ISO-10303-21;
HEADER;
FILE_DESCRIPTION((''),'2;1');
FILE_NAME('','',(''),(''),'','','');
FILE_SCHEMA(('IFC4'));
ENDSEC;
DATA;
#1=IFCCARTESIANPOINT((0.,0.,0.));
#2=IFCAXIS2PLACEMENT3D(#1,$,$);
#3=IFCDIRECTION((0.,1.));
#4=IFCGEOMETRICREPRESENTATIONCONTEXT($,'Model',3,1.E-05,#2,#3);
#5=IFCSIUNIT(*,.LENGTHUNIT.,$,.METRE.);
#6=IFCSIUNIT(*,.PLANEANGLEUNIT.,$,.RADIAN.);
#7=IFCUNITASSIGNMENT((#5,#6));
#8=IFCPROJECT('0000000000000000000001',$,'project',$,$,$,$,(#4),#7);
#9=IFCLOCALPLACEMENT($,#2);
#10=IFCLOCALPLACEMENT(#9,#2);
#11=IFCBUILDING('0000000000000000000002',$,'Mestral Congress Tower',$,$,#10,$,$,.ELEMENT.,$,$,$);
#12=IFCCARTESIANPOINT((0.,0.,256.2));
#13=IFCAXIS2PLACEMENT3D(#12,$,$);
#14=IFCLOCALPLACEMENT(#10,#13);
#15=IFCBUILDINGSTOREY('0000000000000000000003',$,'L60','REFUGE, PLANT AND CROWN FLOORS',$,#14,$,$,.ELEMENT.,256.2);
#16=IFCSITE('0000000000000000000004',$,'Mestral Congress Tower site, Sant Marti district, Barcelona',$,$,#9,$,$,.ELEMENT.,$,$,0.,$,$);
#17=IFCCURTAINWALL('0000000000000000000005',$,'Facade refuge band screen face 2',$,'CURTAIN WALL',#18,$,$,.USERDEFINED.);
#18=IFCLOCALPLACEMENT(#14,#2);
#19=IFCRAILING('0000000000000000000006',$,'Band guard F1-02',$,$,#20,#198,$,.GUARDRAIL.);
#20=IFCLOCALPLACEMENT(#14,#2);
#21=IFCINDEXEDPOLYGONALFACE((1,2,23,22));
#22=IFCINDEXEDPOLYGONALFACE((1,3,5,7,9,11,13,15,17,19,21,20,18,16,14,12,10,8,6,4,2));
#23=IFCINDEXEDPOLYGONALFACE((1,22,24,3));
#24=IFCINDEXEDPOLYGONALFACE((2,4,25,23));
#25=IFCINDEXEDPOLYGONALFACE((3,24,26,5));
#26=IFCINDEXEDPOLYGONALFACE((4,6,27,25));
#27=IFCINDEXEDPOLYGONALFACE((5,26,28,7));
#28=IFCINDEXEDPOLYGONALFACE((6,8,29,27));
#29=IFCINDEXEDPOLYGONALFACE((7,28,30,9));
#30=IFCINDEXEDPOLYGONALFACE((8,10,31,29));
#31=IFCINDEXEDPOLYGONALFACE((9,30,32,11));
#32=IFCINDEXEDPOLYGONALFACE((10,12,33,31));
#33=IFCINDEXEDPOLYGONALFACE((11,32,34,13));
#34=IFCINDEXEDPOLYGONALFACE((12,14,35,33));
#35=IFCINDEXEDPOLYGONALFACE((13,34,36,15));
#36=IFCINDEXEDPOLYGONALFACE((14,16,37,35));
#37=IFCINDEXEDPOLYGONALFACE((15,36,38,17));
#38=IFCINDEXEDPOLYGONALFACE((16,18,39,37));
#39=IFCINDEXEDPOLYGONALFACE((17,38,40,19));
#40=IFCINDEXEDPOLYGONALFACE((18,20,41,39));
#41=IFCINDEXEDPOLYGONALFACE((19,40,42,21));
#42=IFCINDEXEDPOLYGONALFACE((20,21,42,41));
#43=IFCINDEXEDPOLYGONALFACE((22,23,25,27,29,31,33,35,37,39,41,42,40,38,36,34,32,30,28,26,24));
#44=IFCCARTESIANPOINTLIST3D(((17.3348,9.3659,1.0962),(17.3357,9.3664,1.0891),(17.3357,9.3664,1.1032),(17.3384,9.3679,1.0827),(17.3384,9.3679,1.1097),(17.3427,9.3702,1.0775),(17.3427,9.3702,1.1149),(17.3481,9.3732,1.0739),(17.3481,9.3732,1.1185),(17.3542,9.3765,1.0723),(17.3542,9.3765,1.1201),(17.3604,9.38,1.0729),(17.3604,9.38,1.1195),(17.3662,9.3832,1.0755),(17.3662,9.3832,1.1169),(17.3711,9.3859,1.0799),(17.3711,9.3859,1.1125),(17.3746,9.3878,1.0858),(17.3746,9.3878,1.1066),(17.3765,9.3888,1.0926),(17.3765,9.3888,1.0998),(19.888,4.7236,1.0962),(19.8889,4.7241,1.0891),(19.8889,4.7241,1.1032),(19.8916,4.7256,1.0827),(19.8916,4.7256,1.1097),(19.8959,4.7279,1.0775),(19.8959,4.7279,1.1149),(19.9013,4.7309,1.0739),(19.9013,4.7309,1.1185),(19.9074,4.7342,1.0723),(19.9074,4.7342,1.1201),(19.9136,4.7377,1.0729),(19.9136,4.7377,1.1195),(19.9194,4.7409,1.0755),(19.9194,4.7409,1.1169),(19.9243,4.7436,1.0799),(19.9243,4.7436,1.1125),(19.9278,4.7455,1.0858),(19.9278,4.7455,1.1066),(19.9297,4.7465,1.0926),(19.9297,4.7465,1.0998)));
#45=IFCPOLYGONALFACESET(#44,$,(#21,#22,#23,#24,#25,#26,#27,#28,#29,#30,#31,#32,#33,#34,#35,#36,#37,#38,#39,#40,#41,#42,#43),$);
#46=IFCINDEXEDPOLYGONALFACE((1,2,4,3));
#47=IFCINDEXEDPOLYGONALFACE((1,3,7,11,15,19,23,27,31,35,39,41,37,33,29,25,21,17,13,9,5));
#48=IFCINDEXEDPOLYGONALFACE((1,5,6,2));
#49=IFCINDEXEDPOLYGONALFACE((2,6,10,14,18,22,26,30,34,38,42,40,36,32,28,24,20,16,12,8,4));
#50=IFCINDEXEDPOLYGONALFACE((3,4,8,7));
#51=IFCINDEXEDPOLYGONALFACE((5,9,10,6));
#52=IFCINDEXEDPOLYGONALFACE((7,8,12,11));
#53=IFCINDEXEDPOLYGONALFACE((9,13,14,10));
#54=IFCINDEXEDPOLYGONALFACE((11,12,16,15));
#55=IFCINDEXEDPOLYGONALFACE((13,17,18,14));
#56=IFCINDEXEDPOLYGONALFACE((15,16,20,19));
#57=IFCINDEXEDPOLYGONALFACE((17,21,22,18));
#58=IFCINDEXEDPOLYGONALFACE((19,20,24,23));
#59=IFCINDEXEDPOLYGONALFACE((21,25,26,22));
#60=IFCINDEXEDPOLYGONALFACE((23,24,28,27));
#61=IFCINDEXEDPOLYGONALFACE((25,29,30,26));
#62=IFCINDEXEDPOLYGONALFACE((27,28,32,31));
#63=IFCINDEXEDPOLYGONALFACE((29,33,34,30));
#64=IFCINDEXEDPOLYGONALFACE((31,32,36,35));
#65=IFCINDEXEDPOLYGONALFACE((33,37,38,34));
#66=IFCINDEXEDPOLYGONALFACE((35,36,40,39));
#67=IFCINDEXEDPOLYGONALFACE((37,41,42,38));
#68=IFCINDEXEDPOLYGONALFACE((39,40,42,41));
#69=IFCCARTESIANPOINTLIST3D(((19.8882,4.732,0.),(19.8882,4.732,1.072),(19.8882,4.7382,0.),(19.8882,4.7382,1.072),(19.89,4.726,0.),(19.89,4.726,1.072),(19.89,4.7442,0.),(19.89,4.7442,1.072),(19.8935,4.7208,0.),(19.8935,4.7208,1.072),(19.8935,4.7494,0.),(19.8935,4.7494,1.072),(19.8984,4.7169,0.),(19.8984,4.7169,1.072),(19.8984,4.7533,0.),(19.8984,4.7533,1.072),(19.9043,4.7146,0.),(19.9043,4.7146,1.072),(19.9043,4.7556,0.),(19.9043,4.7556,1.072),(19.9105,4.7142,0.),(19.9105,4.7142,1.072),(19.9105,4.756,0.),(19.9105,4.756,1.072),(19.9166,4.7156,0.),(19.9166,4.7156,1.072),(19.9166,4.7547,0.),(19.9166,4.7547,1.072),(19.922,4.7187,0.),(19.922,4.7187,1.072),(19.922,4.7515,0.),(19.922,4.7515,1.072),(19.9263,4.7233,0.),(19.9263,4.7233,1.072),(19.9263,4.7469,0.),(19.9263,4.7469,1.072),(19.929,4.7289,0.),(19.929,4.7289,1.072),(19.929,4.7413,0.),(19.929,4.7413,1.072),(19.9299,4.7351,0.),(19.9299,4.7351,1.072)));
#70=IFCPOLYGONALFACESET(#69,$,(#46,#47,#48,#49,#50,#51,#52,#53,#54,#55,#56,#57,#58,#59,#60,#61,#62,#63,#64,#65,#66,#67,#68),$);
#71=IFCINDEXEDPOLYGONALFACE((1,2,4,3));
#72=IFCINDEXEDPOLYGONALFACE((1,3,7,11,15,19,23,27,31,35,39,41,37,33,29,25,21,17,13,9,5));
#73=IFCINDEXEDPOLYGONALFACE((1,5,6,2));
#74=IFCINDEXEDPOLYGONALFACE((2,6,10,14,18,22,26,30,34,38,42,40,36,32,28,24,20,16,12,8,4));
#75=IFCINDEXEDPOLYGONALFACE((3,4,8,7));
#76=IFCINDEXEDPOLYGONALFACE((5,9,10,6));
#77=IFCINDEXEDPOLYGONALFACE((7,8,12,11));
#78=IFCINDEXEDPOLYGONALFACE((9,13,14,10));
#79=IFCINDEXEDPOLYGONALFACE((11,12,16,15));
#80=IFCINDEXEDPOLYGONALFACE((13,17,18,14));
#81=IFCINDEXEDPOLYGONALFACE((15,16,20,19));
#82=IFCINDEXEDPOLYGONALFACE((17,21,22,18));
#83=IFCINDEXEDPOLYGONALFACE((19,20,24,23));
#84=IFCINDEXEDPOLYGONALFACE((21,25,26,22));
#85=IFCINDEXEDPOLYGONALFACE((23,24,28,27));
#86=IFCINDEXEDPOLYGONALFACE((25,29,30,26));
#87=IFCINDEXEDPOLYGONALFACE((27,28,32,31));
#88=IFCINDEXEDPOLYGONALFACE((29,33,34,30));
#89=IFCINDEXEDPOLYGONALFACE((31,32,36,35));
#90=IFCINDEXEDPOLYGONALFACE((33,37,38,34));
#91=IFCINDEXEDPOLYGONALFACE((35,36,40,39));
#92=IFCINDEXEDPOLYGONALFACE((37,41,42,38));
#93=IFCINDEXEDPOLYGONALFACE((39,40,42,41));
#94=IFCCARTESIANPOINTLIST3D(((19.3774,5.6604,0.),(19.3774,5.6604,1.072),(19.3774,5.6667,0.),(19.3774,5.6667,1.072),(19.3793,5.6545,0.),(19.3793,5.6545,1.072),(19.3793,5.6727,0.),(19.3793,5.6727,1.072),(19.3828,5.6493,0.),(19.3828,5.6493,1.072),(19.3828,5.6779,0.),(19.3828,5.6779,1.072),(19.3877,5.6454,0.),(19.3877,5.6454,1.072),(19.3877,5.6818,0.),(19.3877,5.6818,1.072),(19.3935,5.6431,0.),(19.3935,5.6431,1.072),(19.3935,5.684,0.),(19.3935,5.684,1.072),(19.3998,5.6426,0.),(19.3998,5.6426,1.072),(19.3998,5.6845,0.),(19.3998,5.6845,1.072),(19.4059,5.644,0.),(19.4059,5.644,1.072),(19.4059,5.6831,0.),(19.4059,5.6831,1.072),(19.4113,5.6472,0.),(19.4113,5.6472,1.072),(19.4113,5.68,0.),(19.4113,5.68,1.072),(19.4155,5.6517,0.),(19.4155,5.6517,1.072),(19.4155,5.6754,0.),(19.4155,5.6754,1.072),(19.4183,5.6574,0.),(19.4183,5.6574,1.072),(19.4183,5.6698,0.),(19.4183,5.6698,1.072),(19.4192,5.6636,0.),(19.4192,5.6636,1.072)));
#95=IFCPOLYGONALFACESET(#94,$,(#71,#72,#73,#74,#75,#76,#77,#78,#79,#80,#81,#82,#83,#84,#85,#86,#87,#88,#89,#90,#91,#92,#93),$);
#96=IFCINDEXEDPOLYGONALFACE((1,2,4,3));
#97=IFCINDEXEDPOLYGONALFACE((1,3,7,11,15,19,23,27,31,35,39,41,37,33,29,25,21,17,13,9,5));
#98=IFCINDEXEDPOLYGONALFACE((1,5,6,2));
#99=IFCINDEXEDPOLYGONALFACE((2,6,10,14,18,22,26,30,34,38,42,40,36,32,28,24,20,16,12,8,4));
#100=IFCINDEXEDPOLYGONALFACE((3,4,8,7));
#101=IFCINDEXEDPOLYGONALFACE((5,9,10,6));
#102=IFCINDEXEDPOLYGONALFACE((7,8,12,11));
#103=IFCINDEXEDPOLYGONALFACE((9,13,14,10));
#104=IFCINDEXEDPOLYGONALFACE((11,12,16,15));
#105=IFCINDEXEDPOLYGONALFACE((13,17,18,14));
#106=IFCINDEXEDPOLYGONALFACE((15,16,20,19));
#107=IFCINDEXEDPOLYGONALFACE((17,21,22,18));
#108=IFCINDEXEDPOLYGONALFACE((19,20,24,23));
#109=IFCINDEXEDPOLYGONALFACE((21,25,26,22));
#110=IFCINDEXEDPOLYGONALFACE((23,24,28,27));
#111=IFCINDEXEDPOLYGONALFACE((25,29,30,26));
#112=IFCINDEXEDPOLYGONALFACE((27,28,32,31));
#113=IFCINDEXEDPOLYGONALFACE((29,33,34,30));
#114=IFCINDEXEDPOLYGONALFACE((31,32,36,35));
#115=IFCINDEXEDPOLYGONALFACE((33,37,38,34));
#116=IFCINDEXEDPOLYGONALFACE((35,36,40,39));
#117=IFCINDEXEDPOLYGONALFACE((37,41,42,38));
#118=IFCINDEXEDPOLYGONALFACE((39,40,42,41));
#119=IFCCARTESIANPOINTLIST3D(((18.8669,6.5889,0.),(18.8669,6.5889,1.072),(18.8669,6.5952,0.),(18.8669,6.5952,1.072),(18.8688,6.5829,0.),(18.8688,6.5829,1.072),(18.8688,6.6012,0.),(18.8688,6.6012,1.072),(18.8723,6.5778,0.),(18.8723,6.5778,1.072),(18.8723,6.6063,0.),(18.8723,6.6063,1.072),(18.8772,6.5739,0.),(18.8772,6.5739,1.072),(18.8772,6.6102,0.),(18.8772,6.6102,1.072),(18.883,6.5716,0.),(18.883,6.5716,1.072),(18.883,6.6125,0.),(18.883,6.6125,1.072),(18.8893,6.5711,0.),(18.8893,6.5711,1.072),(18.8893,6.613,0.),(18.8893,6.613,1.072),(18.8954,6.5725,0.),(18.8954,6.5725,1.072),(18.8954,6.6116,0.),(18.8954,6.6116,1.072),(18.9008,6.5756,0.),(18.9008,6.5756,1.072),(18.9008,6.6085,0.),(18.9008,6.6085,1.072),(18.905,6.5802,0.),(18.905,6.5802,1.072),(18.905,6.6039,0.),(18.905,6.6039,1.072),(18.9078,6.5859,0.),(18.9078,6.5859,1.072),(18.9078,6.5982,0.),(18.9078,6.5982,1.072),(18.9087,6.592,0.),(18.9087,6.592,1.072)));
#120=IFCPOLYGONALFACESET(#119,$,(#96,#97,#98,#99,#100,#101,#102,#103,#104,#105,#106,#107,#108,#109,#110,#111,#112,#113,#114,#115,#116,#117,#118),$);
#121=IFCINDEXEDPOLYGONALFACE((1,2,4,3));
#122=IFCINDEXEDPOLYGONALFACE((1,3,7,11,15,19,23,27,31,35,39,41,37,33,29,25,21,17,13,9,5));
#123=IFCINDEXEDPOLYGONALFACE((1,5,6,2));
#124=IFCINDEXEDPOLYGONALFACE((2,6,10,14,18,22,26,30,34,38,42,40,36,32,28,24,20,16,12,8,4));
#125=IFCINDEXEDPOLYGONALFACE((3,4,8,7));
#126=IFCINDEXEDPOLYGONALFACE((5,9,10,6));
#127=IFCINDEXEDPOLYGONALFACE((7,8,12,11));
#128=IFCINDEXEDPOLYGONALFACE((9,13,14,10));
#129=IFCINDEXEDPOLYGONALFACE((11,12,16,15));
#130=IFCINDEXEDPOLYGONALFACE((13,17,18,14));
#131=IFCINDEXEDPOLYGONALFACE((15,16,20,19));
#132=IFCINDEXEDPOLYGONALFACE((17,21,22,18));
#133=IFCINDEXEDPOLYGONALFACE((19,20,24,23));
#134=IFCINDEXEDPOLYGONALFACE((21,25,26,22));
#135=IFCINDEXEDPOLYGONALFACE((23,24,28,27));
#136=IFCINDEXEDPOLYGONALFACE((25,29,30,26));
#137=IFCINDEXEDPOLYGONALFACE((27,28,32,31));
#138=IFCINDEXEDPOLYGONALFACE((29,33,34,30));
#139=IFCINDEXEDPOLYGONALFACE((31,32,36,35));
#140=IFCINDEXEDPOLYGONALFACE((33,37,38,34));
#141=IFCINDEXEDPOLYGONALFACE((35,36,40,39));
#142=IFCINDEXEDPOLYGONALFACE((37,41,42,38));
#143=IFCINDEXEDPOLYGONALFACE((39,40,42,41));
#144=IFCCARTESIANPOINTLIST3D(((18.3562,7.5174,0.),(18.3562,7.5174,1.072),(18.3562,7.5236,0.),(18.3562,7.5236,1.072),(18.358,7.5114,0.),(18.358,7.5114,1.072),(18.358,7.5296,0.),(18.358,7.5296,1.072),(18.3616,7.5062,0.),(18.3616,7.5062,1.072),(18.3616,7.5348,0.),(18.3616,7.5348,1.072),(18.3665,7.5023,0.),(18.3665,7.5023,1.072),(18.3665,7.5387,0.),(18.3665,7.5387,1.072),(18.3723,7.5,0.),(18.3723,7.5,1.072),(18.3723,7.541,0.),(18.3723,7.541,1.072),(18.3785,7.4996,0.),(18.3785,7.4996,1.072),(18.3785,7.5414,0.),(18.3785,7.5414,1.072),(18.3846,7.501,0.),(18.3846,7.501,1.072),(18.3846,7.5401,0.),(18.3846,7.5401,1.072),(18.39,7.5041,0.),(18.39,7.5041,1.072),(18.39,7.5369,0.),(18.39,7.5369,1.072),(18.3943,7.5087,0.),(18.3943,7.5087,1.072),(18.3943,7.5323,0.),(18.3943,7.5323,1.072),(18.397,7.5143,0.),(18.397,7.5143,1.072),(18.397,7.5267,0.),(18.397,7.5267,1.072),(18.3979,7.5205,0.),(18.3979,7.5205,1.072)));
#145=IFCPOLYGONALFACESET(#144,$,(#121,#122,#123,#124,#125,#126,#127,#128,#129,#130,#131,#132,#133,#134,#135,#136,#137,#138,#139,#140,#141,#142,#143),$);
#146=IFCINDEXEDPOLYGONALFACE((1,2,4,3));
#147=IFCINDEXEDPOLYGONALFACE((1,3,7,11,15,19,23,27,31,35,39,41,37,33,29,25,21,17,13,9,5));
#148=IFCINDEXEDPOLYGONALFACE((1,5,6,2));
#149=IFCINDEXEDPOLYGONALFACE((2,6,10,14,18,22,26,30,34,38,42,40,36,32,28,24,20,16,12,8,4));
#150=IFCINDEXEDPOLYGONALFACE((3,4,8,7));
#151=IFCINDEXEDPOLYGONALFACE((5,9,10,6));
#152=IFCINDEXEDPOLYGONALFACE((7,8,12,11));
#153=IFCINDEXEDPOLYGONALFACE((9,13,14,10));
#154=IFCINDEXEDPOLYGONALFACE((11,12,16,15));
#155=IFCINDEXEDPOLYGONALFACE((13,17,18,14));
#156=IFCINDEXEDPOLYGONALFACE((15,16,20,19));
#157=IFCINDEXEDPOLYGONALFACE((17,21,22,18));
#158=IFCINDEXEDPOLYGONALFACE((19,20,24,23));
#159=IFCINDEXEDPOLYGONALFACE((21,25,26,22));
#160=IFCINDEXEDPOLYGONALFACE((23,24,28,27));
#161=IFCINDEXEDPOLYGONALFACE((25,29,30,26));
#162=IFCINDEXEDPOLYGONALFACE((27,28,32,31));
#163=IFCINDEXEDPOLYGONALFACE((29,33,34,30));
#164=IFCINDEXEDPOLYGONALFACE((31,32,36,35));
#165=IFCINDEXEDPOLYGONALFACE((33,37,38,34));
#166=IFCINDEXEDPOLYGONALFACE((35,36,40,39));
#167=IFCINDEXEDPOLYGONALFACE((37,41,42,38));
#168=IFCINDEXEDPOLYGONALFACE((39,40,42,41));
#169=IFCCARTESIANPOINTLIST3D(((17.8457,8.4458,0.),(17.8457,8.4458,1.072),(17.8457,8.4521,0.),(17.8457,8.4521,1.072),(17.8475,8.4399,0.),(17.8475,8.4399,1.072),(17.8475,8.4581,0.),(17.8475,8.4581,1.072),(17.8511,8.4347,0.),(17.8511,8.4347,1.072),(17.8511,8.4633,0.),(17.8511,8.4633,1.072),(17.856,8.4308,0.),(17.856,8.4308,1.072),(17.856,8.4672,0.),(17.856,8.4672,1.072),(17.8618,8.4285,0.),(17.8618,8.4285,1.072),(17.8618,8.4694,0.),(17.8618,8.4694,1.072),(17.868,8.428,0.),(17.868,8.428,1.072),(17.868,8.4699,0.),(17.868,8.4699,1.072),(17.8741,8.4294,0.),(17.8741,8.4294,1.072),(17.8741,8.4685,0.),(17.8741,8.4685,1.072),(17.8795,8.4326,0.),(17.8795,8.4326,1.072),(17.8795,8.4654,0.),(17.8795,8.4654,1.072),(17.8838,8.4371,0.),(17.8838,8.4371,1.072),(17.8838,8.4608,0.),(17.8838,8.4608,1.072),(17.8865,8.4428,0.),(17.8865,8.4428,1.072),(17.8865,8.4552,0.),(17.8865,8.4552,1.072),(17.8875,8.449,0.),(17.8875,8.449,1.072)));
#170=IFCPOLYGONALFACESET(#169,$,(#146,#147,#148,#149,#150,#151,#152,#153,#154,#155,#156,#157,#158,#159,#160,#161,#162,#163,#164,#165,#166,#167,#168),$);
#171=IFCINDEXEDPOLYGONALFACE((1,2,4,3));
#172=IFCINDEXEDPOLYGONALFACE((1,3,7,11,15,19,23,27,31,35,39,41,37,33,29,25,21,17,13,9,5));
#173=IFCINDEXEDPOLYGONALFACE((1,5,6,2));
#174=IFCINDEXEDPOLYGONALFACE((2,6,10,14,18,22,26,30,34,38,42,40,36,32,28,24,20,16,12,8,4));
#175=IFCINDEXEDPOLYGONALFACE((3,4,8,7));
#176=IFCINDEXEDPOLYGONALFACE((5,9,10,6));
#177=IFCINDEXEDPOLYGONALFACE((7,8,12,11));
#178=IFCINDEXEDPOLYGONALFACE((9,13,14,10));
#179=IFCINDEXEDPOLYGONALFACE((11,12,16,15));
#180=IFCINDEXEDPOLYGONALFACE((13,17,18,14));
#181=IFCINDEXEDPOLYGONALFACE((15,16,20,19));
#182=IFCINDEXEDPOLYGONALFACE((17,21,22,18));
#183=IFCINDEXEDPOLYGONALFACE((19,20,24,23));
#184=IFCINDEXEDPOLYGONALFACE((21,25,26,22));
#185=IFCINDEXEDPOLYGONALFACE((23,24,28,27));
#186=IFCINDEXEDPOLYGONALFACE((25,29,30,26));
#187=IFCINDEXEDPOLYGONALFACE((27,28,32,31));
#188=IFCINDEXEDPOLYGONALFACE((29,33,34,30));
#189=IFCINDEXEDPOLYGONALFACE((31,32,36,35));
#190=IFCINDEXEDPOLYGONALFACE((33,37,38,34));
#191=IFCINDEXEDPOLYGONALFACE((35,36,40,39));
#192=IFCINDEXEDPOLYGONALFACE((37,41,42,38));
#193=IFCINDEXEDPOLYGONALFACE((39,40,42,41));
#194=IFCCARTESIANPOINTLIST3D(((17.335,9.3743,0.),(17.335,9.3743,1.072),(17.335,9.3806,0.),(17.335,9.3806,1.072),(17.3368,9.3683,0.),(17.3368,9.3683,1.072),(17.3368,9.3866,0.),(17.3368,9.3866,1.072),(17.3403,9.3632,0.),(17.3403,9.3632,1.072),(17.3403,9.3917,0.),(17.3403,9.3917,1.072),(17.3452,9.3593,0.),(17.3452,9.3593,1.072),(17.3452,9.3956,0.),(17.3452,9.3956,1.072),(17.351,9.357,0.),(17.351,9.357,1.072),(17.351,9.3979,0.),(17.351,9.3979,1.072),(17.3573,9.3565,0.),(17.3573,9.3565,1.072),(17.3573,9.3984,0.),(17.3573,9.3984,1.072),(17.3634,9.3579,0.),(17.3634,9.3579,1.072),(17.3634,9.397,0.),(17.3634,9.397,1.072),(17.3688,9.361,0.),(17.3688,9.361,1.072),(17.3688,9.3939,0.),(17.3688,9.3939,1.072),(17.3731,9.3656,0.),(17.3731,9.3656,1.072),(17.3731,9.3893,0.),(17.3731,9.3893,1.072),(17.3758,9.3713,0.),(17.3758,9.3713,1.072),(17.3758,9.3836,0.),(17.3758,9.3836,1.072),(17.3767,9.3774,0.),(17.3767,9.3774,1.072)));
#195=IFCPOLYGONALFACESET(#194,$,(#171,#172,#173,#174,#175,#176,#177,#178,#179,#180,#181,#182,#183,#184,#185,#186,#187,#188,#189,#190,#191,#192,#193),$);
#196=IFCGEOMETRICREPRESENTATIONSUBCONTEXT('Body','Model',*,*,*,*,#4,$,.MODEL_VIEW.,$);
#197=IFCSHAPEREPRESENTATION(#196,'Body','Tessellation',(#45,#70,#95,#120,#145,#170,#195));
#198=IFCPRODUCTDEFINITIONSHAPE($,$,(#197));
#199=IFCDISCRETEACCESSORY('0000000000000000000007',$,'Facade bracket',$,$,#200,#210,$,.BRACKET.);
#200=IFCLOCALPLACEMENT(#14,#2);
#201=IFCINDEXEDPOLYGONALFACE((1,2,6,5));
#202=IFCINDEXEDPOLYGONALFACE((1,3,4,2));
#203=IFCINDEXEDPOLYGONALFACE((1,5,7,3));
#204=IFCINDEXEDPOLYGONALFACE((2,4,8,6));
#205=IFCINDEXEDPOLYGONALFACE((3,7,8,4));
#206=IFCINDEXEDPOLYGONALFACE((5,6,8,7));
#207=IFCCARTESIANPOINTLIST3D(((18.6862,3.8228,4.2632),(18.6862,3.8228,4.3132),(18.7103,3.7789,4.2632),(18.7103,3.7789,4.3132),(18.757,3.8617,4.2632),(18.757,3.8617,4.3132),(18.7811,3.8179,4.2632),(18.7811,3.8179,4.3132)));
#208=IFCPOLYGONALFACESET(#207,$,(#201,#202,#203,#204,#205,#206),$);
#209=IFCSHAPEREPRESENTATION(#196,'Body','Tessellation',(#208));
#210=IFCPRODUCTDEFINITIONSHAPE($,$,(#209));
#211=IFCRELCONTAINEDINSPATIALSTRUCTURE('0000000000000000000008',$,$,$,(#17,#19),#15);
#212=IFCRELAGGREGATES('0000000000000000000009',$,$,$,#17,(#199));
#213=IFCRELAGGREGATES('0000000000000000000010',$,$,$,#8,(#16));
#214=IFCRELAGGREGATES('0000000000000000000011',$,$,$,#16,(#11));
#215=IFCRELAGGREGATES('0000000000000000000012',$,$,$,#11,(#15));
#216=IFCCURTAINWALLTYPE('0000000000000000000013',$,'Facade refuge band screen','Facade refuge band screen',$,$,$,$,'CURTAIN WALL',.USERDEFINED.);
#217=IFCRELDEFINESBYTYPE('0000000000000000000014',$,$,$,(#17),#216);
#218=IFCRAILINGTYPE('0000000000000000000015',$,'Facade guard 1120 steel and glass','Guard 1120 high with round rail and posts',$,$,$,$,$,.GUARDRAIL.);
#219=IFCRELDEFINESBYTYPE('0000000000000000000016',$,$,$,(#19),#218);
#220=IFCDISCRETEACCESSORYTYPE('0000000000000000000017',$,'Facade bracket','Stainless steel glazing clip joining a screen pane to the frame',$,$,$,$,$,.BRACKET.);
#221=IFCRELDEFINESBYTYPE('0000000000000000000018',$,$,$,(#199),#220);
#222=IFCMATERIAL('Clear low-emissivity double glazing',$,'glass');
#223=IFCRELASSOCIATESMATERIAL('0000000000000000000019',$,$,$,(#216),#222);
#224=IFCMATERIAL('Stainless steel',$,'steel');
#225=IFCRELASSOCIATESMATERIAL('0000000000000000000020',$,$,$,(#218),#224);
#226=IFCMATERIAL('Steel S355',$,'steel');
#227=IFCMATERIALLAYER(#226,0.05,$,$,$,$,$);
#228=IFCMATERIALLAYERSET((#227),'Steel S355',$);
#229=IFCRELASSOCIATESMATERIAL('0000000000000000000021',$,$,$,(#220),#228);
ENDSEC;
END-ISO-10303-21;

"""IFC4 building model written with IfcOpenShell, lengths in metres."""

from ifc_helpers import new_model, si_unit, direction, frame, origin, origin_2d, place, context, subcontext, project, spatial, rectangle, circle, extrude, material, layer, layer_set, type_object, element, aggregate, save


model = new_model("IFC4")

# Units and contexts
model_context = context("Model", 3, precision=1e-05, world=origin(), true_north=direction((0.0, 1.0)))
body_context = subcontext(model_context, "Body", "Model", "MODEL_VIEW")
ifc_project = project(units=[si_unit("LENGTHUNIT", "METRE"), si_unit("PLANEANGLEUNIT", "RADIAN")], contexts=[model_context])

# Site, building, storey
site_placement = place(None, origin())
site = spatial("IfcSite", under=ifc_project, at=site_placement, Name="Mestral Congress Tower site, Sant Marti district, Barcelona", CompositionType="ELEMENT", RefElevation=0.0)
building_placement = place(site_placement, origin())
building = spatial("IfcBuilding", under=site, at=building_placement, Name="Mestral Congress Tower", CompositionType="ELEMENT")
storey_placement = place(building_placement, frame((0.0, 0.0, 256.2)))
storey = spatial("IfcBuildingStorey", under=building, at=storey_placement, Name="L60", Description="REFUGE, PLANT AND CROWN FLOORS", CompositionType="ELEMENT", Elevation=256.2)

# Shared definitions
ifc_material_1 = material(Name="Steel S355", Category="steel")

# Curtain wall
ifc_material_2 = material(Name="Clear low-emissivity double glazing", Category="glass")
curtain_wall_type = type_object("IfcCurtainWallType", Name="Facade refuge band screen", Description="Facade refuge band screen", ElementType="CURTAIN WALL", PredefinedType="USERDEFINED", material=ifc_material_2)
curtain_wall_placement = place(storey_placement, origin())
curtain_wall = element("IfcCurtainWall", 1, at=curtain_wall_placement, inside=storey, type_object=curtain_wall_type, Name="Facade refuge band screen face 2", ObjectType="CURTAIN WALL", PredefinedType="USERDEFINED")

# Railing
ifc_material_3 = material(Name="Stainless steel", Category="steel")
railing_type = type_object("IfcRailingType", Name="Facade guard 1120 steel and glass", Description="Guard 1120 high with round rail and posts", PredefinedType="GUARDRAIL", material=ifc_material_3)
railing_1_placement = place(storey_placement, frame((19.9089, 4.7351, 0.0)))
element("IfcRailing", 2, at=railing_1_placement, inside=storey, type_object=railing_type, Name="Band guard F1-02", PredefinedType="GUARDRAIL", context=body_context, shape_type="SweptSolid", body=[
    extrude(circle(Radius=0.0239, at=origin_2d()), frame((0.0, 0.0, 1.0962), z_axis=(-0.48191, 0.876221, 0.0), x_axis=(-0.876221, -0.48191, 0.0)), (0.0, 0.0, 1.0), 5.2981),
    extrude(circle(Radius=0.021, at=origin_2d()), origin(), (0.0, 0.0, 1.0), 1.072),
    extrude(circle(Radius=0.021, at=origin_2d()), frame((-0.5107, 0.9285, 0.0)), (0.0, 0.0, 1.0), 1.072),
    extrude(circle(Radius=0.021, at=origin_2d()), frame((-1.0212, 1.8569, 0.0)), (0.0, 0.0, 1.0), 1.072),
    extrude(circle(Radius=0.021, at=origin_2d()), frame((-1.532, 2.7854, 0.0)), (0.0, 0.0, 1.0), 1.072),
    extrude(circle(Radius=0.021, at=origin_2d()), frame((-2.0425, 3.7139, 0.0)), (0.0, 0.0, 1.0), 1.072),
    extrude(circle(Radius=0.021, at=origin_2d()), frame((-2.5532, 4.6423, 0.0)), (0.0, 0.0, 1.0), 1.072),
])

# Discrete accessory
ifc_layer_1 = layer(ifc_material_1, 0.05)
ifc_layer_set_1 = layer_set([ifc_layer_1], Name="Steel S355")
discrete_accessory_type = type_object("IfcDiscreteAccessoryType", Name="Facade bracket", Description="Stainless steel glazing clip joining a screen pane to the frame", PredefinedType="BRACKET", material=ifc_layer_set_1)
discrete_accessory_placement = place(storey_placement, frame((18.7336, 3.8203, 4.2632), z_axis=(0.0, 0.0, 1.0), x_axis=(-0.481911, 0.87622, 0.0)))
discrete_accessory = element("IfcDiscreteAccessory", 3, at=discrete_accessory_placement, type_object=discrete_accessory_type, Name="Facade bracket", PredefinedType="BRACKET", context=body_context, shape_type="SweptSolid", body=[
    extrude(rectangle(XDim=0.05, YDim=0.0808, at=origin_2d()), origin(), (0.0, 0.0, 1.0), 0.05),
])
aggregate(curtain_wall, [discrete_accessory])

save(model, "model.ifc")
